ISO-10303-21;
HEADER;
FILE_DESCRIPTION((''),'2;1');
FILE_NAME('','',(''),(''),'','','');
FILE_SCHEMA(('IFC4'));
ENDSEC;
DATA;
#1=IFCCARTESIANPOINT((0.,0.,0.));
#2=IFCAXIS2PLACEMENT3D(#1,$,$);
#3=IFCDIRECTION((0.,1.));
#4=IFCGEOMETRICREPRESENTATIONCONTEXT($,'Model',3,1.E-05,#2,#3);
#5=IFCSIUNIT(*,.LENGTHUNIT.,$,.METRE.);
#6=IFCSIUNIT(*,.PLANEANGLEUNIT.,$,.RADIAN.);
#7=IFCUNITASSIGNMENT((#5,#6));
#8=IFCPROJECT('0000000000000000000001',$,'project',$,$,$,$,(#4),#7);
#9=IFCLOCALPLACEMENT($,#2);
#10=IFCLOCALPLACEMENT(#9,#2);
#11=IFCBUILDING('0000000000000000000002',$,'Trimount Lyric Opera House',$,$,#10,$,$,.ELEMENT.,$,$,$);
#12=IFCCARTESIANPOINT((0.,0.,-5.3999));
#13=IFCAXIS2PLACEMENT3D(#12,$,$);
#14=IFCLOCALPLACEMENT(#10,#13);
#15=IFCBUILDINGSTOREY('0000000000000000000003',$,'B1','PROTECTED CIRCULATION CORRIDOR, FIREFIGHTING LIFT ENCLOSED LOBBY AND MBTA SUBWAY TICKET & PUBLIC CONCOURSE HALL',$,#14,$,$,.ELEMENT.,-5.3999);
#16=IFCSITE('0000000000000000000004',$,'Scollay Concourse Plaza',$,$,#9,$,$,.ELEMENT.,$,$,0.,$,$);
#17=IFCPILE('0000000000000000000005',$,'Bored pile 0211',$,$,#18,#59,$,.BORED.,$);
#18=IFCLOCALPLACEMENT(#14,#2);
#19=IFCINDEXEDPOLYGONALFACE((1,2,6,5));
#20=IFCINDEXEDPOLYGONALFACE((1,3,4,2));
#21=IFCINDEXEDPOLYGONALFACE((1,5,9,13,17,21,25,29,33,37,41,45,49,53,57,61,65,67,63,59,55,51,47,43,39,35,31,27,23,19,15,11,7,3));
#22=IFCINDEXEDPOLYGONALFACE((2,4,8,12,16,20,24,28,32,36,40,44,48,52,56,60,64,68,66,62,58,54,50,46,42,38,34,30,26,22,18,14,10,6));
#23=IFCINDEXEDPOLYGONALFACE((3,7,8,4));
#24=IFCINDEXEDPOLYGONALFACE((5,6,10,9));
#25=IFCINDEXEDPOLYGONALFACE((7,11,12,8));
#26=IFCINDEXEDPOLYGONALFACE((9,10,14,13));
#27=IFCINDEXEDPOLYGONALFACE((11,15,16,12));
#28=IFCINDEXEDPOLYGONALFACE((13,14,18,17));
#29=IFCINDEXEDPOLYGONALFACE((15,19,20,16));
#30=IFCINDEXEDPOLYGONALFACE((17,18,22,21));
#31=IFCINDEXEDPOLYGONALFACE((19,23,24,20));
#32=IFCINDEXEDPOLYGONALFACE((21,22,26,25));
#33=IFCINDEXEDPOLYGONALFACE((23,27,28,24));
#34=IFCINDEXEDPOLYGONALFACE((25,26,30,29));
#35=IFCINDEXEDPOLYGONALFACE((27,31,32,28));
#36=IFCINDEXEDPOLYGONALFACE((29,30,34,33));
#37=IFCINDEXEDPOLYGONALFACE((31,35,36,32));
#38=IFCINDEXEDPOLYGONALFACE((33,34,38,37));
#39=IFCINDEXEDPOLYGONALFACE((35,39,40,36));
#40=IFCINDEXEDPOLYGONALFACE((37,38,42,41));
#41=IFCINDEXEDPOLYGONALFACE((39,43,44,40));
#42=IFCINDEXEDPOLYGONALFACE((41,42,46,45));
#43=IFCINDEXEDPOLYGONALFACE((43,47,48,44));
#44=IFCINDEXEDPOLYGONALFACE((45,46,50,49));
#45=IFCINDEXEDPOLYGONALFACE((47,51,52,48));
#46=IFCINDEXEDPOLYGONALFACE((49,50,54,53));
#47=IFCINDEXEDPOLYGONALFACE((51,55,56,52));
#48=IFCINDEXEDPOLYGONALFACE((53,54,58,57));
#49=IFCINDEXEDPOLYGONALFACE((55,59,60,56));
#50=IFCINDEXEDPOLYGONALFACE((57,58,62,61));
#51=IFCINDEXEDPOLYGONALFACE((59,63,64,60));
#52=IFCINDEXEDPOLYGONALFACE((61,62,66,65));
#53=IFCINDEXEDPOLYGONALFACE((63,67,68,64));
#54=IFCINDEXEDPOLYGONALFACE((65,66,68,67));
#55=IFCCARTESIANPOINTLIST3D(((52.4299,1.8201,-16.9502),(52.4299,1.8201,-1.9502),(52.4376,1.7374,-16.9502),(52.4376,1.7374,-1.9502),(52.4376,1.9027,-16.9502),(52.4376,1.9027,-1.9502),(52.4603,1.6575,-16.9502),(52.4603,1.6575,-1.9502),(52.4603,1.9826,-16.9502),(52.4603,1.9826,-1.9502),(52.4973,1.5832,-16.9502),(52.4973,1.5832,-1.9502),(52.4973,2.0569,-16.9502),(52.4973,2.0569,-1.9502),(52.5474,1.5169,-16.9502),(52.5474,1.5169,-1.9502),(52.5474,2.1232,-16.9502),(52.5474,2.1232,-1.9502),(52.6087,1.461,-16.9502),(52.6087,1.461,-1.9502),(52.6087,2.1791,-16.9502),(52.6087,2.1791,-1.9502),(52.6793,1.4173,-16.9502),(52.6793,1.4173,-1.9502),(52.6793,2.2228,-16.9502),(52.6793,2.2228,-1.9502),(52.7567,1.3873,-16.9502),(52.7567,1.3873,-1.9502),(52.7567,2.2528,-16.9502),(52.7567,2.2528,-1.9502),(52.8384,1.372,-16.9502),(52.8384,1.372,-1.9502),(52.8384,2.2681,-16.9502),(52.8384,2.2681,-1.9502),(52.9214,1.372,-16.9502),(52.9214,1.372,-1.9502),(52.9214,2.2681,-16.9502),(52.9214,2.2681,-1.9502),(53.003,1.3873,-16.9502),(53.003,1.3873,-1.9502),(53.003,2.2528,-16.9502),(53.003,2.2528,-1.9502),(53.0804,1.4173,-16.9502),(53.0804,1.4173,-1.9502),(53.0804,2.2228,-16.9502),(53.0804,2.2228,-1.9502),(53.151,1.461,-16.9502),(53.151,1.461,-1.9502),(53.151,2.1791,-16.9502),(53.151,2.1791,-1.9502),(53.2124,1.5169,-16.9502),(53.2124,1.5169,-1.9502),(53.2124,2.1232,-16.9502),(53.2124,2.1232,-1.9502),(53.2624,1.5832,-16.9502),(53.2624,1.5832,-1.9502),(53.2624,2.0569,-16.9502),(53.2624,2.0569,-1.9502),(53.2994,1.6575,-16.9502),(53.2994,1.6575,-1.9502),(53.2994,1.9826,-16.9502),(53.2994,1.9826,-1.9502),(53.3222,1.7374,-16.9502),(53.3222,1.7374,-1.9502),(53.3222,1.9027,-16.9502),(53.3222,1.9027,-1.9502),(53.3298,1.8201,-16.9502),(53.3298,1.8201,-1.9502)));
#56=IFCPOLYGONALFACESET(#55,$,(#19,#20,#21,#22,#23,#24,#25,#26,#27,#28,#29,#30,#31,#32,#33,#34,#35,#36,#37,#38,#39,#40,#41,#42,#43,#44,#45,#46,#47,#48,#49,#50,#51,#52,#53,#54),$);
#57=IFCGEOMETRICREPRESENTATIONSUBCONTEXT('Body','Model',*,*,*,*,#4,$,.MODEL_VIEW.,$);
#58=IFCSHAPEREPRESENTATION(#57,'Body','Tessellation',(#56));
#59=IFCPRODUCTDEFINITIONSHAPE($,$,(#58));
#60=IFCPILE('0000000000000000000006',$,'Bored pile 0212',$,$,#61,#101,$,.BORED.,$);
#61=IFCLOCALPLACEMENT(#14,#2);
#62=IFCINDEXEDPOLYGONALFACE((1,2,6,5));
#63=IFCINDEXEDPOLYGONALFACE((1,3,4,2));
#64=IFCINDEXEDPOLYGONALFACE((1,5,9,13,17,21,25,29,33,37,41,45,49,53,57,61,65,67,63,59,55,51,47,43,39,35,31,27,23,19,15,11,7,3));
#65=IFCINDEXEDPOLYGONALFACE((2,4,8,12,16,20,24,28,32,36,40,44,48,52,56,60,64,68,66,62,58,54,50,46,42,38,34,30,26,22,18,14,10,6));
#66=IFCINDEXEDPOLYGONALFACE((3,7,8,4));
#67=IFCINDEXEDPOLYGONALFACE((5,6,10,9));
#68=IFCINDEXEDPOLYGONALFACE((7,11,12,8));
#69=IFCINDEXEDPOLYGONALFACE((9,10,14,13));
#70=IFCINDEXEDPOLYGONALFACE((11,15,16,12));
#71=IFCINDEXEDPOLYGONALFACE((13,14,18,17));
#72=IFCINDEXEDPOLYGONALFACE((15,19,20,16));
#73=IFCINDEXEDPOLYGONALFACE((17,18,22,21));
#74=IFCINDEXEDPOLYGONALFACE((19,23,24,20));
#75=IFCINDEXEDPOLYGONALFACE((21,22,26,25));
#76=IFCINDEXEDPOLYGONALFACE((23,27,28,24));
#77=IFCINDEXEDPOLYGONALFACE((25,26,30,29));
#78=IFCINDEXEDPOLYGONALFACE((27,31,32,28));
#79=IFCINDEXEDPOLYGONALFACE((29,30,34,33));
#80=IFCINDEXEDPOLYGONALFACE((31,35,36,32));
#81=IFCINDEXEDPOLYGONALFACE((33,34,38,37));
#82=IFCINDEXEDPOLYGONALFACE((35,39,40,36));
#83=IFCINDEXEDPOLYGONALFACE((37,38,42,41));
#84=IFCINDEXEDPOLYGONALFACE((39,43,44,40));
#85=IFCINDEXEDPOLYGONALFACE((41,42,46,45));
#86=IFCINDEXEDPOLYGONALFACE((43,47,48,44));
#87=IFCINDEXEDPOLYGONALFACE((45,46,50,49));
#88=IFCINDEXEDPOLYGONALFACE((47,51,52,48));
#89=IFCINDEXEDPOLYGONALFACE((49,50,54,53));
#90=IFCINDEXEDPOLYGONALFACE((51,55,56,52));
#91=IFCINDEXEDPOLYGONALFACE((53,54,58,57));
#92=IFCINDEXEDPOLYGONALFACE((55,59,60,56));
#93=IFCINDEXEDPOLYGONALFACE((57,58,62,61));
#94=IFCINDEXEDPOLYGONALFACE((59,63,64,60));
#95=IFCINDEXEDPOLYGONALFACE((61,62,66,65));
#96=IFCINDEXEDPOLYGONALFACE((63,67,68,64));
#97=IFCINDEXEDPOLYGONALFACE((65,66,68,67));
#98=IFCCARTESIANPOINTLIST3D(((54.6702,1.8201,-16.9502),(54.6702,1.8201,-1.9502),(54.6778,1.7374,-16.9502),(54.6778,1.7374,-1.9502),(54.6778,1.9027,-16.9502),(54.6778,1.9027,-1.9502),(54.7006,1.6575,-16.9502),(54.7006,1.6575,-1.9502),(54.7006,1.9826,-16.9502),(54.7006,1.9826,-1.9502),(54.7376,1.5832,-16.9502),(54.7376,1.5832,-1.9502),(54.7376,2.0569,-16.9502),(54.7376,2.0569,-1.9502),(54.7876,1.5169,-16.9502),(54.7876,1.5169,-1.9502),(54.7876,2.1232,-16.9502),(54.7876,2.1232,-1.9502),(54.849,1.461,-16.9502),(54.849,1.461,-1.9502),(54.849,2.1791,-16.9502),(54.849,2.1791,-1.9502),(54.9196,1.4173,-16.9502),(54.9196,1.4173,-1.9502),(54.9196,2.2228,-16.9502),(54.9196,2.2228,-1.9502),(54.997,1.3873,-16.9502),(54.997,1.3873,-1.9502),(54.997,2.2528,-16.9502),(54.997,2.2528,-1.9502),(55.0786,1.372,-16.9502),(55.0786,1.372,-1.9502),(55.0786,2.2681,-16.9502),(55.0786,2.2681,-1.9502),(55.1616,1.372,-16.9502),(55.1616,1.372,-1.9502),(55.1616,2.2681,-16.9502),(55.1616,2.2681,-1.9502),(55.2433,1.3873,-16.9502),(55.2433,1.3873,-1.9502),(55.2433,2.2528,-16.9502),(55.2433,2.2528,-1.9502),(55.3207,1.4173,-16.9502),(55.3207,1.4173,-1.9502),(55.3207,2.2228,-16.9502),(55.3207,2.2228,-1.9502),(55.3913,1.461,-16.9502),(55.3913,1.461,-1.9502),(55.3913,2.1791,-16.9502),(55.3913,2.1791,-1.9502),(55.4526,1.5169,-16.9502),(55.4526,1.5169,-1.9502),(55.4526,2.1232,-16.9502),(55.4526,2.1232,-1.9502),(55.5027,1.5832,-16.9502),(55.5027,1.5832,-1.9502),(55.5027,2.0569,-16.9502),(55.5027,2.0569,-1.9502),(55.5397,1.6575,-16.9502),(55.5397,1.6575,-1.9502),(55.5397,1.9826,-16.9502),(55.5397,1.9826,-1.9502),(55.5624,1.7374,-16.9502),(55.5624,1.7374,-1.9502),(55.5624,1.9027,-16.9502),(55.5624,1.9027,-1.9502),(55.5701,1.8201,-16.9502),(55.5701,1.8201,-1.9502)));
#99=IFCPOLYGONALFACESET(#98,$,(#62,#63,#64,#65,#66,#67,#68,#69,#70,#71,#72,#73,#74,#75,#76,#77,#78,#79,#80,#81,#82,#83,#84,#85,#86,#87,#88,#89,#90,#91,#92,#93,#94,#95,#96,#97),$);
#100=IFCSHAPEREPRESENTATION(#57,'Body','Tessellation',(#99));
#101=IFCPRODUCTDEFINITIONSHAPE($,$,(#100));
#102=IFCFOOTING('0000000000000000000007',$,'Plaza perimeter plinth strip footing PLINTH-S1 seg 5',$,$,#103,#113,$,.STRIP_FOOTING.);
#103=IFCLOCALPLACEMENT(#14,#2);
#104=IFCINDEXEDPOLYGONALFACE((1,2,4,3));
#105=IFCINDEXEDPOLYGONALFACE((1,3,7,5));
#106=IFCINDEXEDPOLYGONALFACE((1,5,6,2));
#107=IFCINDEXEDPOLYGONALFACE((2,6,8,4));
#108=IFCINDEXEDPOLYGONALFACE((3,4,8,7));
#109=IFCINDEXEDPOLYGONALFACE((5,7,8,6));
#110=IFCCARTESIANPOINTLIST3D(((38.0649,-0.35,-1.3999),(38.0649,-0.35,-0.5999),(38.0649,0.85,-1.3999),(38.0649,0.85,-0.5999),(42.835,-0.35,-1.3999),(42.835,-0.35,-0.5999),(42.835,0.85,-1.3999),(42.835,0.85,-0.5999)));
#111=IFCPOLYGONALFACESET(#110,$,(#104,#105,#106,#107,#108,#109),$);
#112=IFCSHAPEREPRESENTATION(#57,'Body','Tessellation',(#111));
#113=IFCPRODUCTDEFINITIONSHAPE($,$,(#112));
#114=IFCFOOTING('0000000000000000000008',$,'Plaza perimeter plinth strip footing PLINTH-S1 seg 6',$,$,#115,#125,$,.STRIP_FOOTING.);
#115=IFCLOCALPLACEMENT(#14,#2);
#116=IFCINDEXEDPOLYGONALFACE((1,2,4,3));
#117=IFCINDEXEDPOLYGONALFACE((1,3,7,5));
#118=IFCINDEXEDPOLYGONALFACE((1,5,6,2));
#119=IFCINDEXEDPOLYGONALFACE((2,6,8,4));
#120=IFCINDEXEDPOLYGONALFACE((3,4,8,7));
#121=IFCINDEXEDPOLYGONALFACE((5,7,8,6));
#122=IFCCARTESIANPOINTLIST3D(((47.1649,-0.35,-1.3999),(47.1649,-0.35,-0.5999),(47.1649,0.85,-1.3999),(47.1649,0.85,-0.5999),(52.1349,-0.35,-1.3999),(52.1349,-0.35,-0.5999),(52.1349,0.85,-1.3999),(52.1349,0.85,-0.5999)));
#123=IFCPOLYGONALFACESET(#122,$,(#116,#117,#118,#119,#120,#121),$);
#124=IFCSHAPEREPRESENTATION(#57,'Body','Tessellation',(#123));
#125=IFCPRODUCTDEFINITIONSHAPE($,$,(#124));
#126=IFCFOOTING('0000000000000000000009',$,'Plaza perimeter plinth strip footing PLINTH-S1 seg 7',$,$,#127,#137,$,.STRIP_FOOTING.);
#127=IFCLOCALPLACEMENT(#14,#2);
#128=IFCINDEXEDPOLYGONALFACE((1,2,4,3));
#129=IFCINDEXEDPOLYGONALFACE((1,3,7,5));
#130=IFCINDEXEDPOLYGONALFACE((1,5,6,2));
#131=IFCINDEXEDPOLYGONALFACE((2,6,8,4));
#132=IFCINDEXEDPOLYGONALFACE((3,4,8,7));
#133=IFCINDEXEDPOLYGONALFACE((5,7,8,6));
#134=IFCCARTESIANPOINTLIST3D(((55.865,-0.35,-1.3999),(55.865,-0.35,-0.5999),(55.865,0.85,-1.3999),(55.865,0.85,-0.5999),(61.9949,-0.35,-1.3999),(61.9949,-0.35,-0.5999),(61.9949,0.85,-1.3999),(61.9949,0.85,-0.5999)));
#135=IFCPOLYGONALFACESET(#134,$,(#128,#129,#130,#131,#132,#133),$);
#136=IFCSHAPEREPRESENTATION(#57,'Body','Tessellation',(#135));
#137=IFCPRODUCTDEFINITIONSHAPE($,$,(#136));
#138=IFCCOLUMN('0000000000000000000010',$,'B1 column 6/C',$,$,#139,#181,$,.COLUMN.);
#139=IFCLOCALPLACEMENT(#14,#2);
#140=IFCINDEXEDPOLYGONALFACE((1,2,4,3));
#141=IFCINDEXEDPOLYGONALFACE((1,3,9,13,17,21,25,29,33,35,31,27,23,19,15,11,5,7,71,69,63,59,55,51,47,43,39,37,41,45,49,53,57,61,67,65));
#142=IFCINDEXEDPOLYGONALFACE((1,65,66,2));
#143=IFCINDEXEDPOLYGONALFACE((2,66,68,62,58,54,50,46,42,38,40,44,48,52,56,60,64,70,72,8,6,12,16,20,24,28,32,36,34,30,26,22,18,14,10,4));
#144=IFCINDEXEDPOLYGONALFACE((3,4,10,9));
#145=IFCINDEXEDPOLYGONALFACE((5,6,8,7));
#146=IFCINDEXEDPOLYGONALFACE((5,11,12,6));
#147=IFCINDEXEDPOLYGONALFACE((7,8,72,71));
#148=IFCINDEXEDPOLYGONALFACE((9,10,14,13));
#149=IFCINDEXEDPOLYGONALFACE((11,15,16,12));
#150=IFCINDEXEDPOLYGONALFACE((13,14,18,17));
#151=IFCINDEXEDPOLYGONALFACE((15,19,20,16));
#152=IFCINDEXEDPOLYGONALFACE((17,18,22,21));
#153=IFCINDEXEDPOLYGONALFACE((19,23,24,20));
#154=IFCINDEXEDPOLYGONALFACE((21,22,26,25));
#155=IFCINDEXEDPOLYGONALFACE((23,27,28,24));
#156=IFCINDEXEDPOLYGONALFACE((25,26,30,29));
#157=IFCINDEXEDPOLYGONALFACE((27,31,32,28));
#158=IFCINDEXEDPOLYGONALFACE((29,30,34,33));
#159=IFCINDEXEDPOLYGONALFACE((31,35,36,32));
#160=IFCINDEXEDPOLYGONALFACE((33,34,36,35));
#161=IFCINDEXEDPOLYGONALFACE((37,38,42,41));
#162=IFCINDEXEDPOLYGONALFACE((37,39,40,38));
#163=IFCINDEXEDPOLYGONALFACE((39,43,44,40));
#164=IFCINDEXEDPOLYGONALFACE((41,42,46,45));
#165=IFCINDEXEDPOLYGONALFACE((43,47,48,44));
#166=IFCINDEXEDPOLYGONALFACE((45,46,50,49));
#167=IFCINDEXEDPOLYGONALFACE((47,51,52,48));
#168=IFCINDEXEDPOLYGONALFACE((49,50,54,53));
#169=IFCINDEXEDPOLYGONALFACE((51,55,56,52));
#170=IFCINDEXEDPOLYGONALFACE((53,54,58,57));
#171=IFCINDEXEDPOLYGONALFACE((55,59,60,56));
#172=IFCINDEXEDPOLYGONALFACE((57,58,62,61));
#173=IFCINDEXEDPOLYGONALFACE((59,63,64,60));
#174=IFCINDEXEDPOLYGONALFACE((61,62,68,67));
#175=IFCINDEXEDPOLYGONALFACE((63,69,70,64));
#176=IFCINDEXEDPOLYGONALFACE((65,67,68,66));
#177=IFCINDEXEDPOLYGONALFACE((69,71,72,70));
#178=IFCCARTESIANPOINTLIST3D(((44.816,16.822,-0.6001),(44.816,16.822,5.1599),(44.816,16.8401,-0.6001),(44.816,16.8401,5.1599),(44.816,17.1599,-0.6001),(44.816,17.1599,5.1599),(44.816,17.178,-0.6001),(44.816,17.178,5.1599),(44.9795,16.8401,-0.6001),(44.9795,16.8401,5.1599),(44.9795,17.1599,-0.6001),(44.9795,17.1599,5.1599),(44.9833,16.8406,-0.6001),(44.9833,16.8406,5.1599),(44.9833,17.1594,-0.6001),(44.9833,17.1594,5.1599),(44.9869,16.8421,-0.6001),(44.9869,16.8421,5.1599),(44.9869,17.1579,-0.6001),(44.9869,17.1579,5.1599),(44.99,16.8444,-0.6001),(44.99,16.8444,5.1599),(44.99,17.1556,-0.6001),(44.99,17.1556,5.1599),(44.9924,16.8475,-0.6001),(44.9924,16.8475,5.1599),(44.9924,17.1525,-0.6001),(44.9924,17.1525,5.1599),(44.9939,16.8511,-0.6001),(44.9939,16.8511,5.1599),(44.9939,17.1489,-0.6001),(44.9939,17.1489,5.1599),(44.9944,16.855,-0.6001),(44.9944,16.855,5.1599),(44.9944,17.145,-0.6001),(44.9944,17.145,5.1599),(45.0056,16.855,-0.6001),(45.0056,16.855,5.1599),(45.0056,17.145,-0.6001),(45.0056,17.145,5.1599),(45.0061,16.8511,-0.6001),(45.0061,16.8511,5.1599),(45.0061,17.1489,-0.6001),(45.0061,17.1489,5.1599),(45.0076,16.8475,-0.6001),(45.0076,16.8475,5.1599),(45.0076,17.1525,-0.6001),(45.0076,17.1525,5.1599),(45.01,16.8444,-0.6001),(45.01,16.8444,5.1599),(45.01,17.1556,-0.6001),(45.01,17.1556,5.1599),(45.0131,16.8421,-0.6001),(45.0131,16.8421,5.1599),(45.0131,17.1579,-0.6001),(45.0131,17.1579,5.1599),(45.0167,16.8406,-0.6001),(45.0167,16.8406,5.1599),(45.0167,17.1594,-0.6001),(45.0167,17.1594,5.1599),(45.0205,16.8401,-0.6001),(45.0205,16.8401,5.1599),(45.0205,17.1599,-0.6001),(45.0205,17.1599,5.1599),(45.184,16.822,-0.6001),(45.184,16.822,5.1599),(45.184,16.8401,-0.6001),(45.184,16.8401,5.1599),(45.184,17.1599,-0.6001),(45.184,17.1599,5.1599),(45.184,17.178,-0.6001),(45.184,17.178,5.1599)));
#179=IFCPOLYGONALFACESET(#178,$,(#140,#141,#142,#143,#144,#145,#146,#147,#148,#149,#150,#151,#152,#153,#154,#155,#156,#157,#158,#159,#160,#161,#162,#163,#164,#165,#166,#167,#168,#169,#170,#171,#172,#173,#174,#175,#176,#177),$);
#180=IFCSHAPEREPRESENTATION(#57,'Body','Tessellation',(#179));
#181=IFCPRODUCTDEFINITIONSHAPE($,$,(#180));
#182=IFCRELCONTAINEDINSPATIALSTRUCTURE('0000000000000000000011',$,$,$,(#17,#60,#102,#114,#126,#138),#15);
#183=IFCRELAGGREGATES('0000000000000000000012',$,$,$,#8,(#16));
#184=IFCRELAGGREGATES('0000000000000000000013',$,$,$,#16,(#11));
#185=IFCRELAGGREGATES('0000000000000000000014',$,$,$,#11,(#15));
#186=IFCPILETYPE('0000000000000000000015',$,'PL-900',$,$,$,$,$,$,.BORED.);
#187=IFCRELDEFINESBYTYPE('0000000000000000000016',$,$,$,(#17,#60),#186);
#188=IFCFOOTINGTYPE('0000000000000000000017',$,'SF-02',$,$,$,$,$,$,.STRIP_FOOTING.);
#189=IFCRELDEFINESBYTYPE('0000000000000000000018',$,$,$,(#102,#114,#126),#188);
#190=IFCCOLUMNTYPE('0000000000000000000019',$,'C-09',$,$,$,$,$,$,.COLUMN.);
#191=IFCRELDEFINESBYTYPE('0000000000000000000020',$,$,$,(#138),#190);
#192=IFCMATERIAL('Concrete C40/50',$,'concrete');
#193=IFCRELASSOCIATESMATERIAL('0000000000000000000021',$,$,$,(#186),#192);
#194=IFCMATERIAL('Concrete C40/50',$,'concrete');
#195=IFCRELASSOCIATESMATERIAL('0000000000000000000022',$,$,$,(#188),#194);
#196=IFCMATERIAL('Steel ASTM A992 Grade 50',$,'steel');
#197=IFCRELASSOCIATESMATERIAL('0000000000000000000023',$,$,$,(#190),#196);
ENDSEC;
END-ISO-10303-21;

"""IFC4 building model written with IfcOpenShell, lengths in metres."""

from ifc_helpers import new_model, si_unit, direction, frame, origin, origin_2d, place, context, subcontext, project, spatial, rectangle, circle, i_section, extrude, material, material_profile, profile_set, type_object, element, save


model = new_model("IFC4")

# Units and contexts
model_context = context("Model", 3, precision=1e-05, world=origin(), true_north=direction((0.0, 1.0)))
body_context = subcontext(model_context, "Body", "Model", "MODEL_VIEW")
ifc_project = project(units=[si_unit("LENGTHUNIT", "METRE"), si_unit("PLANEANGLEUNIT", "RADIAN")], contexts=[model_context])

# Site, building, storey
site_placement = place(None, origin())
site = spatial("IfcSite", under=ifc_project, at=site_placement, Name="Scollay Concourse Plaza", CompositionType="ELEMENT", RefElevation=0.0)
building_placement = place(site_placement, origin())
building = spatial("IfcBuilding", under=site, at=building_placement, Name="Trimount Lyric Opera House", CompositionType="ELEMENT")
storey_placement = place(building_placement, frame((0.0, 0.0, -5.3999)))
storey = spatial("IfcBuildingStorey", under=building, at=storey_placement, Name="B1", Description="PROTECTED CIRCULATION CORRIDOR, FIREFIGHTING LIFT ENCLOSED LOBBY AND MBTA SUBWAY TICKET & PUBLIC CONCOURSE HALL", CompositionType="ELEMENT", Elevation=-5.3999)

# Piles
ifc_material_1 = material(Name="Concrete C40/50", Category="concrete")
ifc_material_profile_1 = material_profile(ifc_material_1, circle(Radius=0.45, at=origin_2d()), Name="PILE-D900")
ifc_profile_set_1 = profile_set([ifc_material_profile_1], Name="Concrete C40/50")
pile_type_1 = type_object("IfcPileType", Name="PL-900", PredefinedType="BORED", material=ifc_profile_set_1)
for number, where, z_axis, x_axis, name in (
    (1, (52.8799, 1.8201, -1.9502), (0.0, 0.0, -1.0), (1.0, 0.0, 0.0), "Bored pile 0211"),
    (2, (55.1201, 1.8201, -1.9502), (0.0, 0.0, -1.0), (1.0, 0.0, 0.0), "Bored pile 0212"),
):
    element("IfcPile", number, at=place(storey_placement, frame(where, z_axis=z_axis, x_axis=x_axis)), inside=storey, type_object=pile_type_1, Name=name, PredefinedType="BORED", context=body_context, shape_type="SweptSolid", body=[
        extrude(circle(Radius=0.45, at=origin_2d()), origin(), (0.0, 0.0, 1.0), 15.0),
    ])

# Footings
ifc_material_2 = material(Name="Concrete C40/50", Category="concrete")
footing_type_1 = type_object("IfcFootingType", Name="SF-02", PredefinedType="STRIP_FOOTING", material=ifc_material_2)
footing_1_placement = place(storey_placement, frame((40.45, 0.25, -1.3999), z_axis=(0.0, 0.0, 1.0), x_axis=(1.0, 0.0, 0.0)))
element("IfcFooting", 3, at=footing_1_placement, inside=storey, type_object=footing_type_1, Name="Plaza perimeter plinth strip footing PLINTH-S1 seg 5", PredefinedType="STRIP_FOOTING", context=body_context, shape_type="SweptSolid", body=[
    extrude(rectangle(XDim=4.77, YDim=1.2, at=origin_2d()), origin(), (0.0, 0.0, 1.0), 0.8),
])
footing_2_placement = place(storey_placement, frame((49.6499, 0.25, -1.3999), z_axis=(0.0, 0.0, 1.0), x_axis=(1.0, 0.0, 0.0)))
element("IfcFooting", 4, at=footing_2_placement, inside=storey, type_object=footing_type_1, Name="Plaza perimeter plinth strip footing PLINTH-S1 seg 6", PredefinedType="STRIP_FOOTING", context=body_context, shape_type="SweptSolid", body=[
    extrude(rectangle(XDim=4.97, YDim=1.2, at=origin_2d()), origin(), (0.0, 0.0, 1.0), 0.8),
])
footing_3_placement = place(storey_placement, frame((58.9299, 0.25, -1.3999), z_axis=(0.0, 0.0, 1.0), x_axis=(1.0, 0.0, 0.0)))
element("IfcFooting", 5, at=footing_3_placement, inside=storey, type_object=footing_type_1, Name="Plaza perimeter plinth strip footing PLINTH-S1 seg 7", PredefinedType="STRIP_FOOTING", context=body_context, shape_type="SweptSolid", body=[
    extrude(rectangle(XDim=6.1299, YDim=1.2, at=origin_2d()), origin(), (0.0, 0.0, 1.0), 0.8),
])

# Column
ifc_material_3 = material(Name="Steel ASTM A992 Grade 50", Category="steel")
ifc_material_profile_2 = material_profile(ifc_material_3, i_section(OverallWidth=0.3679, OverallDepth=0.356, WebThickness=0.0112, FlangeThickness=0.0181, FilletRadius=0.0149, at=origin_2d()), Name="W14X90")
ifc_profile_set_2 = profile_set([ifc_material_profile_2], Name="Steel ASTM A992 Grade 50")
column_type_1 = type_object("IfcColumnType", Name="C-09", PredefinedType="COLUMN", material=ifc_profile_set_2)
for number, where, z_axis, x_axis, name in (
    (6, (45.0, 17.0, -0.6001), (0.0, 0.0, 1.0), (1.0, 0.0, 0.0), "B1 column 6/C"),
):
    element("IfcColumn", number, at=place(storey_placement, frame(where, z_axis=z_axis, x_axis=x_axis)), inside=storey, type_object=column_type_1, Name=name, PredefinedType="COLUMN", context=body_context, shape_type="SweptSolid", body=[
        extrude(i_section(OverallWidth=0.3679, OverallDepth=0.356, WebThickness=0.0112, FlangeThickness=0.0181, FilletRadius=0.0149, at=origin_2d()), origin(), (0.0, 0.0, 1.0), 5.76),
    ])

save(model, "model.ifc")
